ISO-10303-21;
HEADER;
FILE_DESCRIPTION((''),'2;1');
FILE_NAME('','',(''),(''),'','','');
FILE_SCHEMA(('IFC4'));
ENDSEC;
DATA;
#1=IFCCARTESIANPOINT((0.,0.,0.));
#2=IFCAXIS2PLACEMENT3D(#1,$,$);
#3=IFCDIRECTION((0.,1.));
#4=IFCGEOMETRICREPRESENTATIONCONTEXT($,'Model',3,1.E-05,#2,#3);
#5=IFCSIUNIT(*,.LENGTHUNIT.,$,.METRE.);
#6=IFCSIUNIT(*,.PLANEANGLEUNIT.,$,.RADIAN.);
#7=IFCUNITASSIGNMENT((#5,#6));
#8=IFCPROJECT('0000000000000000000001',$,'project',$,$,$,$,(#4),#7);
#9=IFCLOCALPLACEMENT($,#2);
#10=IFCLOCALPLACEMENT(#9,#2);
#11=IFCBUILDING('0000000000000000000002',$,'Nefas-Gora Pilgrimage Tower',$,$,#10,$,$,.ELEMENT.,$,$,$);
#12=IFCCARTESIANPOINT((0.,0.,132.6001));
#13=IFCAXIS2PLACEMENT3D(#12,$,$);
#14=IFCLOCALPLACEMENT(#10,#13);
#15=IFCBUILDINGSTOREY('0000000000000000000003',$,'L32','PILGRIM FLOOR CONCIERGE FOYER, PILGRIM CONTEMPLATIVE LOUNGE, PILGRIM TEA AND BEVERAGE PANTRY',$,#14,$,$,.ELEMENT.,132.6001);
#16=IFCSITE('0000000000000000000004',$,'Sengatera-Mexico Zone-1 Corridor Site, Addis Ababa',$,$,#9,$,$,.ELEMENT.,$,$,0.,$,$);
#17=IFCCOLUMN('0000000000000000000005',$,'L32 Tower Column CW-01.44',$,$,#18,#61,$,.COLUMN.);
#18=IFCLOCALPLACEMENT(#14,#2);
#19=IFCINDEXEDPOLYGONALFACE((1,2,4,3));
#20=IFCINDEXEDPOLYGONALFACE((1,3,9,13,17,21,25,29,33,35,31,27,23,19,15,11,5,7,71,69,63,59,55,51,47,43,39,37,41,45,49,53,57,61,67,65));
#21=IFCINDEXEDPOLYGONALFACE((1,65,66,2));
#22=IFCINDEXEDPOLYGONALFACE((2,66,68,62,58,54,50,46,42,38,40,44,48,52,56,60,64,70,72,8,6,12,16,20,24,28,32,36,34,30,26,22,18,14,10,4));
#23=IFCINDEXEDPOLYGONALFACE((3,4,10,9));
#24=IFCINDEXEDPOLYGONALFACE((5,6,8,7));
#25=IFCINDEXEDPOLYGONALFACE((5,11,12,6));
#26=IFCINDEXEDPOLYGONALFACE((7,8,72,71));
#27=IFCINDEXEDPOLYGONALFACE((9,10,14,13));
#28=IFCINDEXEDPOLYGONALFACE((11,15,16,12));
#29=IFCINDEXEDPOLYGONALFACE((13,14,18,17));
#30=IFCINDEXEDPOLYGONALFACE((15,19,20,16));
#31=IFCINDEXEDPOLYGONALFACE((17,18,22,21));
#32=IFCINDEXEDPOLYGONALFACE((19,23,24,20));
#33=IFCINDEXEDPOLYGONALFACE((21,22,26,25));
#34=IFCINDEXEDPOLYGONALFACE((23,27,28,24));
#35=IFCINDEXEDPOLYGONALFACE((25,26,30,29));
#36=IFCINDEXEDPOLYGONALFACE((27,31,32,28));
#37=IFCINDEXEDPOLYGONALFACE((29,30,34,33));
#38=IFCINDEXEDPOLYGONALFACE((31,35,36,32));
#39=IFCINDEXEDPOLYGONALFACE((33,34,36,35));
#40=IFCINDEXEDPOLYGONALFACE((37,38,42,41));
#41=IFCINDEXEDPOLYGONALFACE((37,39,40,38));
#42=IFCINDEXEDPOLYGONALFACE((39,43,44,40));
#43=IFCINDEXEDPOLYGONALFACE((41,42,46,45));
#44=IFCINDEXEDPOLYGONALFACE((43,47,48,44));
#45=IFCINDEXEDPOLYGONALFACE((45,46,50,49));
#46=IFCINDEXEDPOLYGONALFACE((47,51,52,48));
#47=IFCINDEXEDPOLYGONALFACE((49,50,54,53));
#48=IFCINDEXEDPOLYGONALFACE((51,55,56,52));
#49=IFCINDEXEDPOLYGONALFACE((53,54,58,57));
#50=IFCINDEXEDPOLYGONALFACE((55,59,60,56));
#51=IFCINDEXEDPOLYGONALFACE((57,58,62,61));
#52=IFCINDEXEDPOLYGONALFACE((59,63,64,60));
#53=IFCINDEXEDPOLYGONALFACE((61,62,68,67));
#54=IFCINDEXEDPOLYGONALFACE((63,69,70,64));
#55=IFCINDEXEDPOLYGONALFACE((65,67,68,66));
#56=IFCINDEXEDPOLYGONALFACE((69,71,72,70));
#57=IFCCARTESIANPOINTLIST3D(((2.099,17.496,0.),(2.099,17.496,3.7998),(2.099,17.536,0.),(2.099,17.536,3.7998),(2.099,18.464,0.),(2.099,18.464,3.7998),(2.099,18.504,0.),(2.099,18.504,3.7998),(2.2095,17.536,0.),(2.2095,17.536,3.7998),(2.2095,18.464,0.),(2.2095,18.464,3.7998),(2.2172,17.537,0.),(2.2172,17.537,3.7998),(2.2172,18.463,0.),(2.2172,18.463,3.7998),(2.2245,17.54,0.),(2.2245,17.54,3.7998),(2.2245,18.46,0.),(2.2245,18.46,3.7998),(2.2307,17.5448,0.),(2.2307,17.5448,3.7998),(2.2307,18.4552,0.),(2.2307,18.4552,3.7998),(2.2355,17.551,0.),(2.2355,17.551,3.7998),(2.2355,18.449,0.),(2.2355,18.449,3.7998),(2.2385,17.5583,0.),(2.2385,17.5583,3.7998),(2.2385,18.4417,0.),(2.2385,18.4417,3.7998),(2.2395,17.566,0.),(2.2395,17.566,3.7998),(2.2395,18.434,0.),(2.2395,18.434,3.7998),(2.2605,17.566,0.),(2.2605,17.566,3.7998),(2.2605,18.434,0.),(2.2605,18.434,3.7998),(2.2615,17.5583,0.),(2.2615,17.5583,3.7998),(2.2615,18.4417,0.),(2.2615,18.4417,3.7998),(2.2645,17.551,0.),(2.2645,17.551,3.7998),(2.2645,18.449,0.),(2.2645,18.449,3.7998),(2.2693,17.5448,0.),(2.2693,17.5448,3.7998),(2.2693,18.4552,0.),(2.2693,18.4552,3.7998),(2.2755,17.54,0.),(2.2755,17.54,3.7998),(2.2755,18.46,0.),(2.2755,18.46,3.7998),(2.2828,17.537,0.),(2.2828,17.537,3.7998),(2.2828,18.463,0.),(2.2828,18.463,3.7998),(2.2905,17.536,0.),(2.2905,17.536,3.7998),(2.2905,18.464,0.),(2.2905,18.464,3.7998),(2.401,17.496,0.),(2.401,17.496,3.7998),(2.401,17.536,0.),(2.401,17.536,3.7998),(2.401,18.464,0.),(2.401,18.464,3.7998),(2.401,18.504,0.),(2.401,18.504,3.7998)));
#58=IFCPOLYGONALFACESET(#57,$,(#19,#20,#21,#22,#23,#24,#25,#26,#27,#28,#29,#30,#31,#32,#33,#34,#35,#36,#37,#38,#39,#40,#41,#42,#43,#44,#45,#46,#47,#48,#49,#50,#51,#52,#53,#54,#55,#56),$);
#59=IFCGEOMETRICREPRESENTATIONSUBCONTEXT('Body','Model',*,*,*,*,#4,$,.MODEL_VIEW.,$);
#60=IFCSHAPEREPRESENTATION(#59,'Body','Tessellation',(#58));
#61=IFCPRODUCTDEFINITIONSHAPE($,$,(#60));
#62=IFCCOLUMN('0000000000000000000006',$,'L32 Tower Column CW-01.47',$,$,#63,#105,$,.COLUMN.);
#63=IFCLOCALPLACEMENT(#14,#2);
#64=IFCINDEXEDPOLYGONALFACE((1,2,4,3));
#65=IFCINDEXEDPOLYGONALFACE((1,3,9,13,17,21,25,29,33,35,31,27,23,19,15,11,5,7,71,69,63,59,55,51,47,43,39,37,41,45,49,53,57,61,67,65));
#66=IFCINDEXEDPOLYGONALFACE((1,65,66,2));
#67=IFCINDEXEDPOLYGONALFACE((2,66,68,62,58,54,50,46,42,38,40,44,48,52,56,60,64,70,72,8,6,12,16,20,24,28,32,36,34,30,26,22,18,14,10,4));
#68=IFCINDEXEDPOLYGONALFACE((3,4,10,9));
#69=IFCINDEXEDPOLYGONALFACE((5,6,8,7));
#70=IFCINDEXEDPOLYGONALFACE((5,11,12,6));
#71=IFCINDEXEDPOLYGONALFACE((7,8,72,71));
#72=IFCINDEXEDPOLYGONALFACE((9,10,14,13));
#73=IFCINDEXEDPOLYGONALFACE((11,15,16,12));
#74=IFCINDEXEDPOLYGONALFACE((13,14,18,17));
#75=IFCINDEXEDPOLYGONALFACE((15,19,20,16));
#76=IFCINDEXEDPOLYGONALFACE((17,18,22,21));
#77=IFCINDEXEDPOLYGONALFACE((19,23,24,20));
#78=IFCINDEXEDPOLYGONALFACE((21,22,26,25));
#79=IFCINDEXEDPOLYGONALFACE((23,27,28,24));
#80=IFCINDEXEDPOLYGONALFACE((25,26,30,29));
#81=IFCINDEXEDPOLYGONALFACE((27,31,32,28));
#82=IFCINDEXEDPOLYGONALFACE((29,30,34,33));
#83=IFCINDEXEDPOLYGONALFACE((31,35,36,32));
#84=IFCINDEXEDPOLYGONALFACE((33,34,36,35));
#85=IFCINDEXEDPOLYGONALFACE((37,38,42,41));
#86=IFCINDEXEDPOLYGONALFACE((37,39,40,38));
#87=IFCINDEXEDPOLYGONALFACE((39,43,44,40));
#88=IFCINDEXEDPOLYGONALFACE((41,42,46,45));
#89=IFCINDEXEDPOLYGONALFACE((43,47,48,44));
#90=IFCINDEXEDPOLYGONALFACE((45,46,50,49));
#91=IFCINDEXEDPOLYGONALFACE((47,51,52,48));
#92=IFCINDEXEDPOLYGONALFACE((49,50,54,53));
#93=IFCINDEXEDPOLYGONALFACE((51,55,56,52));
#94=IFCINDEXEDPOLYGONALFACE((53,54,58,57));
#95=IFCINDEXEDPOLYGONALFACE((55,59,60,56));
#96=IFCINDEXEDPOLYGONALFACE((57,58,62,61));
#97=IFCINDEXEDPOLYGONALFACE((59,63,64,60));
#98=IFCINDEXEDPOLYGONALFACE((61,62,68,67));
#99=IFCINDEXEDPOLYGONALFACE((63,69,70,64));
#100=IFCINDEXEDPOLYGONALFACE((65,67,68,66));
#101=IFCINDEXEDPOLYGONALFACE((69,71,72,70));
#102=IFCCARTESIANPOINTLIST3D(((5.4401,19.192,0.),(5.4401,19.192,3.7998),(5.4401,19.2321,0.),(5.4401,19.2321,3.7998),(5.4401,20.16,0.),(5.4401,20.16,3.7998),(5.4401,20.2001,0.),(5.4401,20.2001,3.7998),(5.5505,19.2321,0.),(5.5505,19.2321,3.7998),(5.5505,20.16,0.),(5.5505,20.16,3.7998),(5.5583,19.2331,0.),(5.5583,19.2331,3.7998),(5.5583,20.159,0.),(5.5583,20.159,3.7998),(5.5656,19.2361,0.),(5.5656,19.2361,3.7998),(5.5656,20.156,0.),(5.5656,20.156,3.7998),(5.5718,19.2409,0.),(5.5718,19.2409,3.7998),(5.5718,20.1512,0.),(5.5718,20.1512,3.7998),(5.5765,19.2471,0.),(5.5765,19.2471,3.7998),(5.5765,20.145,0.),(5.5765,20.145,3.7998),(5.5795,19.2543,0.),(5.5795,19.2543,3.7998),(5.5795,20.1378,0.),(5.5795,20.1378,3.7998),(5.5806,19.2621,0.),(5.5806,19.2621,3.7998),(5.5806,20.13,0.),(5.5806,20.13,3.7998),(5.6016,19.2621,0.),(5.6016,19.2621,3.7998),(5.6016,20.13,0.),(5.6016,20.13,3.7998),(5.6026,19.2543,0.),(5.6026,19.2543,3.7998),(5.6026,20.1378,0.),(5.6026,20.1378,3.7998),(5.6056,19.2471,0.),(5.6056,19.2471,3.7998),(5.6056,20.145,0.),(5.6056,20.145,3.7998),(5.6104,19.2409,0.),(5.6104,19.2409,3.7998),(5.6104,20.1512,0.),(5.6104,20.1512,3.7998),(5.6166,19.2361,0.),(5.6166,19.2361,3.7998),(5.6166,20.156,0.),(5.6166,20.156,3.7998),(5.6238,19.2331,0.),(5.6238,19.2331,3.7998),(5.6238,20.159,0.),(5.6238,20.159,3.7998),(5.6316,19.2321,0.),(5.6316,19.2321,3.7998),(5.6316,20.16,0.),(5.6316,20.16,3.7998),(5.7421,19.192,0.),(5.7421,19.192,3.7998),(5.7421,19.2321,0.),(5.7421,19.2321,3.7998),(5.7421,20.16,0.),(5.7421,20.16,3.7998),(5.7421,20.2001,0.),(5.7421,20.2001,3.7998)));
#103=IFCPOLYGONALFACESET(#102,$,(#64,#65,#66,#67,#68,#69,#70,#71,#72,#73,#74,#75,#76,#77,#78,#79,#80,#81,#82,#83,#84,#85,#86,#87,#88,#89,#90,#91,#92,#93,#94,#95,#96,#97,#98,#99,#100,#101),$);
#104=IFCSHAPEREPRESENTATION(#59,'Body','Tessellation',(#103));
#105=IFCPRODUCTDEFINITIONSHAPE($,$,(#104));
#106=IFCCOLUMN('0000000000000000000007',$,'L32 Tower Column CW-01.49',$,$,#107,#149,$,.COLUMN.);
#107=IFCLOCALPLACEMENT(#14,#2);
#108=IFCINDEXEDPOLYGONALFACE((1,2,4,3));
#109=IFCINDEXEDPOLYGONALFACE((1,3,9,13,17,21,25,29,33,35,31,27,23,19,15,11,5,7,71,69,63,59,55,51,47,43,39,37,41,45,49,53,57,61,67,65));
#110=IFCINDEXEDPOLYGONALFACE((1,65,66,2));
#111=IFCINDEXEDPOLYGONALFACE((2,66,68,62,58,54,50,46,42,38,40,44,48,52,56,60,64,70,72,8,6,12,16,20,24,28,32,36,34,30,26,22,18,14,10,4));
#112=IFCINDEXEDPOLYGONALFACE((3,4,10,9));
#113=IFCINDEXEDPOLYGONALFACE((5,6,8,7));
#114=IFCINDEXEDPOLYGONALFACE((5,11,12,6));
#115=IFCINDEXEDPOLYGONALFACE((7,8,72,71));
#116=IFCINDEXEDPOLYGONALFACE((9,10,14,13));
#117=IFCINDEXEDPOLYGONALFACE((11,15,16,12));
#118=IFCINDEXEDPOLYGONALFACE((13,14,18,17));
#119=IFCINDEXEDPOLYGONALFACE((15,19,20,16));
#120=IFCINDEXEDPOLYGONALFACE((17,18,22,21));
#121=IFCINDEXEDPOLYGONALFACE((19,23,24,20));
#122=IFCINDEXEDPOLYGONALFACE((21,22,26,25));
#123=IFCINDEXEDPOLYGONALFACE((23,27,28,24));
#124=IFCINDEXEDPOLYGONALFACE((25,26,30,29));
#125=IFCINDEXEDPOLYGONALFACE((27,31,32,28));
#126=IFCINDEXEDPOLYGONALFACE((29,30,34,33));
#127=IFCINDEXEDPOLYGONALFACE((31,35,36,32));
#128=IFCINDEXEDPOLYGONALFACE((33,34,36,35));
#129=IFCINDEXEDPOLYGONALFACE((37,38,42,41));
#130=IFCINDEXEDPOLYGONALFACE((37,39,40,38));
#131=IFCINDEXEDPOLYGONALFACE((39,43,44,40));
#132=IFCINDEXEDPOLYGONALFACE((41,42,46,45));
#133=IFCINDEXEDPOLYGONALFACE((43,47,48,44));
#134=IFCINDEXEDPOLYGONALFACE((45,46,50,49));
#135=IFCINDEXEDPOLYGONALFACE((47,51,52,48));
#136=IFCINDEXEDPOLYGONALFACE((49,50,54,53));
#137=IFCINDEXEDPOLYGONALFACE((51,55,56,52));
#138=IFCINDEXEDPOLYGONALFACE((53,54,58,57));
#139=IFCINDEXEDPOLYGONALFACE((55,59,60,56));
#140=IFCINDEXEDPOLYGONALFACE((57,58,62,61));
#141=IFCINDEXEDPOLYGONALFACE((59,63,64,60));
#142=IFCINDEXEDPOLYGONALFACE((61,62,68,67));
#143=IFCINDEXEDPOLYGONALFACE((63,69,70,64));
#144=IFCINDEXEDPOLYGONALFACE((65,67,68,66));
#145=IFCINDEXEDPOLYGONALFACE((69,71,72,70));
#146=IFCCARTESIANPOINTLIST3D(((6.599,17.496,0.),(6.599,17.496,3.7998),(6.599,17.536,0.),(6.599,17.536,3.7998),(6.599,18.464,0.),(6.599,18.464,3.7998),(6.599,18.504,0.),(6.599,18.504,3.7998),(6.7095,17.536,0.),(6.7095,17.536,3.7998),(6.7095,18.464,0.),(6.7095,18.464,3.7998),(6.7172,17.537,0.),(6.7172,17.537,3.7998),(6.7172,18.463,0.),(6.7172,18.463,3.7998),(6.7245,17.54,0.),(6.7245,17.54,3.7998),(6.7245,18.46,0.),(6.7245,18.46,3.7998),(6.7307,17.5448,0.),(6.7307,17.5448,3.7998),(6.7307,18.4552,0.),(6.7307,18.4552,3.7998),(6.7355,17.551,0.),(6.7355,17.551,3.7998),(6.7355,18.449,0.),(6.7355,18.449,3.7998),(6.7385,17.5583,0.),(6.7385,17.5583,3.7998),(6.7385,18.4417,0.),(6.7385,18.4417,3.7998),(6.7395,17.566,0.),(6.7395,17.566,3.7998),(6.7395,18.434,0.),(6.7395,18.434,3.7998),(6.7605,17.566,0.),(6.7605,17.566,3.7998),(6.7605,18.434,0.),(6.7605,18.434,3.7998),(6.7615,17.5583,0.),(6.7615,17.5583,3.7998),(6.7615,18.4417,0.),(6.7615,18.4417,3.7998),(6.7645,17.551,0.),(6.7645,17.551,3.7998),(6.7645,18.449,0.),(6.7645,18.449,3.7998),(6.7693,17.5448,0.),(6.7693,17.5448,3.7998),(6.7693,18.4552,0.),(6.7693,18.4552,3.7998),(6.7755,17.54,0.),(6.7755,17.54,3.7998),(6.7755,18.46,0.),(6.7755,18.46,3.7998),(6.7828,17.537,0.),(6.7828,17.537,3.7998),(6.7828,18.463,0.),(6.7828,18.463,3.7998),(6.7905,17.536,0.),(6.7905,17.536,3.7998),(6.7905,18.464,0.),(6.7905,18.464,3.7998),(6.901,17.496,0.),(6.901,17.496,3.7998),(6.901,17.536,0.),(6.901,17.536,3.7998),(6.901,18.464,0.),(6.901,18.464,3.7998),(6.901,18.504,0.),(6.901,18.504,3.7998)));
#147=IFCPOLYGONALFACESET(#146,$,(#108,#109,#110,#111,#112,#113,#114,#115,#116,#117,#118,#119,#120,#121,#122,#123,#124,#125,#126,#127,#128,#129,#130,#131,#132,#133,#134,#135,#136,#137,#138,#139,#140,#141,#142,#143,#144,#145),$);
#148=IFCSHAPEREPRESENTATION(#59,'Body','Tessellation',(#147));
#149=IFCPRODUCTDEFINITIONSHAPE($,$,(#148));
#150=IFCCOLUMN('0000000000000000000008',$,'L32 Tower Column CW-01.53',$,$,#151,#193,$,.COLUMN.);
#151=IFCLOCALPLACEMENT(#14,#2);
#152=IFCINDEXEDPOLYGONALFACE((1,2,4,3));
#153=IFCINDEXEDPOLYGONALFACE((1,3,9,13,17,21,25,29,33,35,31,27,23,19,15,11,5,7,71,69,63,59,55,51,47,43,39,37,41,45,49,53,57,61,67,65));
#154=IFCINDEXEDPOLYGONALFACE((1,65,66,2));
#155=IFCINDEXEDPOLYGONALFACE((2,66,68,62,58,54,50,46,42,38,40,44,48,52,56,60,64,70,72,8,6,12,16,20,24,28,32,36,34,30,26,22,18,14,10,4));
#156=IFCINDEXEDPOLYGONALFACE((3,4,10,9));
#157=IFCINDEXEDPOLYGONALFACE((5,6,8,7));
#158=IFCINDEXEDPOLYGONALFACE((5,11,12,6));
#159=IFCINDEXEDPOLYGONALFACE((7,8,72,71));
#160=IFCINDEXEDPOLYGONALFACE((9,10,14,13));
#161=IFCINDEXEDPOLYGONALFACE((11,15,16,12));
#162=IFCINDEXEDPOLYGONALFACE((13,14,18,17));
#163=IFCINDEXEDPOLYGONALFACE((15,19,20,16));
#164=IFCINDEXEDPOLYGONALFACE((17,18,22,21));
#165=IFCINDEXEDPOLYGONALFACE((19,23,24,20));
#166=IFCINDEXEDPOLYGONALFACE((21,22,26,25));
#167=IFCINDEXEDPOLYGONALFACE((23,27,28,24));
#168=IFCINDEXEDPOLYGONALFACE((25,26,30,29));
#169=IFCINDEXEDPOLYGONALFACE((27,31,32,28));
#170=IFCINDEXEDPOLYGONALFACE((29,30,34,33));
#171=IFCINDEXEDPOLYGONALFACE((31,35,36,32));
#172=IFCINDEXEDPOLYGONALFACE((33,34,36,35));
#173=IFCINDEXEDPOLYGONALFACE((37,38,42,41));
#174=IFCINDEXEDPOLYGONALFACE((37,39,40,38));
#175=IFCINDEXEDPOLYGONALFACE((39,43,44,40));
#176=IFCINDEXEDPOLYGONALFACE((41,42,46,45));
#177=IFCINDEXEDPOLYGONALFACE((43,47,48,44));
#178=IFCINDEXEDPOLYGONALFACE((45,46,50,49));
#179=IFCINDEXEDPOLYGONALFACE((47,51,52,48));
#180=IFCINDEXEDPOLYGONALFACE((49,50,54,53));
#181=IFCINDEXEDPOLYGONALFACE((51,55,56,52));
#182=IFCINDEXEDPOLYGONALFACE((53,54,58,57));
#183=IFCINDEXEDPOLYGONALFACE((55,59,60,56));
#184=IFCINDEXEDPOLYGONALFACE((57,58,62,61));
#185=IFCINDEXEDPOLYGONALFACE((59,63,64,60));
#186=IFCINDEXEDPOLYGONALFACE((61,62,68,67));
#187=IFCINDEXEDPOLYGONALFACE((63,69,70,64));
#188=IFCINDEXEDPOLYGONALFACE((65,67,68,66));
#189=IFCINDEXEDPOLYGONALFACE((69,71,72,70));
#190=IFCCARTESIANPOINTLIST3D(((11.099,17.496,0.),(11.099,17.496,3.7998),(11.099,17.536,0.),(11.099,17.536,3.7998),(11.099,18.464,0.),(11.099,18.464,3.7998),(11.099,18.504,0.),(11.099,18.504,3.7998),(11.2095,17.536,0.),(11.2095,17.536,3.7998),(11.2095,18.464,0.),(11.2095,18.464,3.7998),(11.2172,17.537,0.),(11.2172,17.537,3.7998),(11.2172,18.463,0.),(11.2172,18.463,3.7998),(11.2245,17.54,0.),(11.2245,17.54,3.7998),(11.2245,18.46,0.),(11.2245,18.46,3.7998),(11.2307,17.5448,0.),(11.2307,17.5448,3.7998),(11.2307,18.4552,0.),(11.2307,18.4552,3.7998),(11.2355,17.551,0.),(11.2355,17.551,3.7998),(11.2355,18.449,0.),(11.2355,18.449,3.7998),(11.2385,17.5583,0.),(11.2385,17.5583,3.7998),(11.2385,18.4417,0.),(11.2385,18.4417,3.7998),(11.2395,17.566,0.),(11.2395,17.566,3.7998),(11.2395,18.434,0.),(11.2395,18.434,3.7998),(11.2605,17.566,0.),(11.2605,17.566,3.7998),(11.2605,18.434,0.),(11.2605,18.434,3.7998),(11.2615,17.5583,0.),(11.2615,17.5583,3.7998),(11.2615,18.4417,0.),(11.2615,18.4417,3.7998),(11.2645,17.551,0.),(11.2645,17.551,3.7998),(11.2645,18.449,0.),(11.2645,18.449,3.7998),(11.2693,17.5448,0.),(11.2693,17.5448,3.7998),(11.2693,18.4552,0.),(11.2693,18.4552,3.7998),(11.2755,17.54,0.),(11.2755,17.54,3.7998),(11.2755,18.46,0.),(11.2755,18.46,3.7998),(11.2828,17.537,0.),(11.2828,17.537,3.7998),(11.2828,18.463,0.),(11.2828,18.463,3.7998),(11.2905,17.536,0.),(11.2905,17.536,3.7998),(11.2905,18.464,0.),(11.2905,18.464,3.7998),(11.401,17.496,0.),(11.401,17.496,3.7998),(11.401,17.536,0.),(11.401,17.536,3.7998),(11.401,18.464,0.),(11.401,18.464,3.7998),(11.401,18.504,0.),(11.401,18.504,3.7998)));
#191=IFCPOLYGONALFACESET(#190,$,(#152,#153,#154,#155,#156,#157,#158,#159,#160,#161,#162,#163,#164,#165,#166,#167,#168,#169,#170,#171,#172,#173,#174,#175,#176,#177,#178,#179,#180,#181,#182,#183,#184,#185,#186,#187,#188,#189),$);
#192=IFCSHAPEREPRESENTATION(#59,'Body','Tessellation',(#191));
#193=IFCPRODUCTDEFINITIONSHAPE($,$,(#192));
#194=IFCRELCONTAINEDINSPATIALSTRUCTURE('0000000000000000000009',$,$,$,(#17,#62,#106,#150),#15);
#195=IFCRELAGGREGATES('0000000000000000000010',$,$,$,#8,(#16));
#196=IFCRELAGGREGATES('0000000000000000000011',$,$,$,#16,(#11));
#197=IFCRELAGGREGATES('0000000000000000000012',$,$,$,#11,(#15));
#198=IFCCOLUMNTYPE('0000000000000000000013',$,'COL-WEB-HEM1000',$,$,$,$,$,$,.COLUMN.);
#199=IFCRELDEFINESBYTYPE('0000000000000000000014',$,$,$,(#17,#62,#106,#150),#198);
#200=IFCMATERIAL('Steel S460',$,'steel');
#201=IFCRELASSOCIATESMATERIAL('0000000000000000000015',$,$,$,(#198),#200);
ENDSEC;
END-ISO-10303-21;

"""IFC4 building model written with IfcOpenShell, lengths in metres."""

from ifc_helpers import new_model, si_unit, direction, frame, origin, origin_2d, place, context, subcontext, project, spatial, i_section, extrude, source, transform, mapped, material, material_profile, profile_set, type_object, element, save


model = new_model("IFC4")

# Units and contexts
model_context = context("Model", 3, precision=1e-05, world=origin(), true_north=direction((0.0, 1.0)))
body_context = subcontext(model_context, "Body", "Model", "MODEL_VIEW")
ifc_project = project(units=[si_unit("LENGTHUNIT", "METRE"), si_unit("PLANEANGLEUNIT", "RADIAN")], contexts=[model_context])

# Site, building, storey
site_placement = place(None, origin())
site = spatial("IfcSite", under=ifc_project, at=site_placement, Name="Sengatera-Mexico Zone-1 Corridor Site, Addis Ababa", CompositionType="ELEMENT", RefElevation=0.0)
building_placement = place(site_placement, origin())
building = spatial("IfcBuilding", under=site, at=building_placement, Name="Nefas-Gora Pilgrimage Tower", CompositionType="ELEMENT")
storey_placement = place(building_placement, frame((0.0, 0.0, 132.6001)))
storey = spatial("IfcBuildingStorey", under=building, at=storey_placement, Name="L32", Description="PILGRIM FLOOR CONCIERGE FOYER, PILGRIM CONTEMPLATIVE LOUNGE, PILGRIM TEA AND BEVERAGE PANTRY", CompositionType="ELEMENT", Elevation=132.6001)

# Columns
ifc_material_1 = material(Name="Steel S460", Category="steel")
ifc_material_profile_1 = material_profile(ifc_material_1, i_section(OverallWidth=0.302, OverallDepth=1.0081, WebThickness=0.021, FlangeThickness=0.04, FilletRadius=0.03, at=origin_2d()), Name="HEM 1000")
ifc_profile_set_1 = profile_set([ifc_material_profile_1], Name="Steel S460")
column_type_1 = type_object("IfcColumnType", Name="COL-WEB-HEM1000", PredefinedType="COLUMN", material=ifc_profile_set_1)
shared_shape_1 = source(origin(), body_context, "Body", "SweptSolid", [
    extrude(i_section(OverallWidth=0.302, OverallDepth=1.0081, WebThickness=0.021, FlangeThickness=0.04, FilletRadius=0.03, at=origin_2d()), origin(), (0.0, 0.0, 1.0), 3.7998),
])
for number, where, z_axis, x_axis, name in (
    (1, (2.25, 18.0, 0.0), (0.0, 0.0, 1.0), (1.0, 0.0, 0.0), "L32 Tower Column CW-01.44"),
    (2, (5.5911, 19.696, 0.0), (0.0, 0.0, 1.0), (1.0, 0.0, 0.0), "L32 Tower Column CW-01.47"),
    (3, (6.75, 18.0, 0.0), (0.0, 0.0, 1.0), (1.0, 0.0, 0.0), "L32 Tower Column CW-01.49"),
    (4, (11.25, 18.0, 0.0), (0.0, 0.0, 1.0), (1.0, 0.0, 0.0), "L32 Tower Column CW-01.53"),
):
    element("IfcColumn", number, at=place(storey_placement, frame(where, z_axis=z_axis, x_axis=x_axis)), inside=storey, type_object=column_type_1, Name=name, PredefinedType="COLUMN", context=body_context, shape_type="MappedRepresentation", body=[
        mapped(shared_shape_1, transform((0.0, 0.0, 0.0), x_axis=(1.0, 0.0, 0.0), y_axis=(0.0, 1.0, 0.0), z_axis=(0.0, 0.0, 1.0), scale=1.0)),
    ])

save(model, "model.ifc")
